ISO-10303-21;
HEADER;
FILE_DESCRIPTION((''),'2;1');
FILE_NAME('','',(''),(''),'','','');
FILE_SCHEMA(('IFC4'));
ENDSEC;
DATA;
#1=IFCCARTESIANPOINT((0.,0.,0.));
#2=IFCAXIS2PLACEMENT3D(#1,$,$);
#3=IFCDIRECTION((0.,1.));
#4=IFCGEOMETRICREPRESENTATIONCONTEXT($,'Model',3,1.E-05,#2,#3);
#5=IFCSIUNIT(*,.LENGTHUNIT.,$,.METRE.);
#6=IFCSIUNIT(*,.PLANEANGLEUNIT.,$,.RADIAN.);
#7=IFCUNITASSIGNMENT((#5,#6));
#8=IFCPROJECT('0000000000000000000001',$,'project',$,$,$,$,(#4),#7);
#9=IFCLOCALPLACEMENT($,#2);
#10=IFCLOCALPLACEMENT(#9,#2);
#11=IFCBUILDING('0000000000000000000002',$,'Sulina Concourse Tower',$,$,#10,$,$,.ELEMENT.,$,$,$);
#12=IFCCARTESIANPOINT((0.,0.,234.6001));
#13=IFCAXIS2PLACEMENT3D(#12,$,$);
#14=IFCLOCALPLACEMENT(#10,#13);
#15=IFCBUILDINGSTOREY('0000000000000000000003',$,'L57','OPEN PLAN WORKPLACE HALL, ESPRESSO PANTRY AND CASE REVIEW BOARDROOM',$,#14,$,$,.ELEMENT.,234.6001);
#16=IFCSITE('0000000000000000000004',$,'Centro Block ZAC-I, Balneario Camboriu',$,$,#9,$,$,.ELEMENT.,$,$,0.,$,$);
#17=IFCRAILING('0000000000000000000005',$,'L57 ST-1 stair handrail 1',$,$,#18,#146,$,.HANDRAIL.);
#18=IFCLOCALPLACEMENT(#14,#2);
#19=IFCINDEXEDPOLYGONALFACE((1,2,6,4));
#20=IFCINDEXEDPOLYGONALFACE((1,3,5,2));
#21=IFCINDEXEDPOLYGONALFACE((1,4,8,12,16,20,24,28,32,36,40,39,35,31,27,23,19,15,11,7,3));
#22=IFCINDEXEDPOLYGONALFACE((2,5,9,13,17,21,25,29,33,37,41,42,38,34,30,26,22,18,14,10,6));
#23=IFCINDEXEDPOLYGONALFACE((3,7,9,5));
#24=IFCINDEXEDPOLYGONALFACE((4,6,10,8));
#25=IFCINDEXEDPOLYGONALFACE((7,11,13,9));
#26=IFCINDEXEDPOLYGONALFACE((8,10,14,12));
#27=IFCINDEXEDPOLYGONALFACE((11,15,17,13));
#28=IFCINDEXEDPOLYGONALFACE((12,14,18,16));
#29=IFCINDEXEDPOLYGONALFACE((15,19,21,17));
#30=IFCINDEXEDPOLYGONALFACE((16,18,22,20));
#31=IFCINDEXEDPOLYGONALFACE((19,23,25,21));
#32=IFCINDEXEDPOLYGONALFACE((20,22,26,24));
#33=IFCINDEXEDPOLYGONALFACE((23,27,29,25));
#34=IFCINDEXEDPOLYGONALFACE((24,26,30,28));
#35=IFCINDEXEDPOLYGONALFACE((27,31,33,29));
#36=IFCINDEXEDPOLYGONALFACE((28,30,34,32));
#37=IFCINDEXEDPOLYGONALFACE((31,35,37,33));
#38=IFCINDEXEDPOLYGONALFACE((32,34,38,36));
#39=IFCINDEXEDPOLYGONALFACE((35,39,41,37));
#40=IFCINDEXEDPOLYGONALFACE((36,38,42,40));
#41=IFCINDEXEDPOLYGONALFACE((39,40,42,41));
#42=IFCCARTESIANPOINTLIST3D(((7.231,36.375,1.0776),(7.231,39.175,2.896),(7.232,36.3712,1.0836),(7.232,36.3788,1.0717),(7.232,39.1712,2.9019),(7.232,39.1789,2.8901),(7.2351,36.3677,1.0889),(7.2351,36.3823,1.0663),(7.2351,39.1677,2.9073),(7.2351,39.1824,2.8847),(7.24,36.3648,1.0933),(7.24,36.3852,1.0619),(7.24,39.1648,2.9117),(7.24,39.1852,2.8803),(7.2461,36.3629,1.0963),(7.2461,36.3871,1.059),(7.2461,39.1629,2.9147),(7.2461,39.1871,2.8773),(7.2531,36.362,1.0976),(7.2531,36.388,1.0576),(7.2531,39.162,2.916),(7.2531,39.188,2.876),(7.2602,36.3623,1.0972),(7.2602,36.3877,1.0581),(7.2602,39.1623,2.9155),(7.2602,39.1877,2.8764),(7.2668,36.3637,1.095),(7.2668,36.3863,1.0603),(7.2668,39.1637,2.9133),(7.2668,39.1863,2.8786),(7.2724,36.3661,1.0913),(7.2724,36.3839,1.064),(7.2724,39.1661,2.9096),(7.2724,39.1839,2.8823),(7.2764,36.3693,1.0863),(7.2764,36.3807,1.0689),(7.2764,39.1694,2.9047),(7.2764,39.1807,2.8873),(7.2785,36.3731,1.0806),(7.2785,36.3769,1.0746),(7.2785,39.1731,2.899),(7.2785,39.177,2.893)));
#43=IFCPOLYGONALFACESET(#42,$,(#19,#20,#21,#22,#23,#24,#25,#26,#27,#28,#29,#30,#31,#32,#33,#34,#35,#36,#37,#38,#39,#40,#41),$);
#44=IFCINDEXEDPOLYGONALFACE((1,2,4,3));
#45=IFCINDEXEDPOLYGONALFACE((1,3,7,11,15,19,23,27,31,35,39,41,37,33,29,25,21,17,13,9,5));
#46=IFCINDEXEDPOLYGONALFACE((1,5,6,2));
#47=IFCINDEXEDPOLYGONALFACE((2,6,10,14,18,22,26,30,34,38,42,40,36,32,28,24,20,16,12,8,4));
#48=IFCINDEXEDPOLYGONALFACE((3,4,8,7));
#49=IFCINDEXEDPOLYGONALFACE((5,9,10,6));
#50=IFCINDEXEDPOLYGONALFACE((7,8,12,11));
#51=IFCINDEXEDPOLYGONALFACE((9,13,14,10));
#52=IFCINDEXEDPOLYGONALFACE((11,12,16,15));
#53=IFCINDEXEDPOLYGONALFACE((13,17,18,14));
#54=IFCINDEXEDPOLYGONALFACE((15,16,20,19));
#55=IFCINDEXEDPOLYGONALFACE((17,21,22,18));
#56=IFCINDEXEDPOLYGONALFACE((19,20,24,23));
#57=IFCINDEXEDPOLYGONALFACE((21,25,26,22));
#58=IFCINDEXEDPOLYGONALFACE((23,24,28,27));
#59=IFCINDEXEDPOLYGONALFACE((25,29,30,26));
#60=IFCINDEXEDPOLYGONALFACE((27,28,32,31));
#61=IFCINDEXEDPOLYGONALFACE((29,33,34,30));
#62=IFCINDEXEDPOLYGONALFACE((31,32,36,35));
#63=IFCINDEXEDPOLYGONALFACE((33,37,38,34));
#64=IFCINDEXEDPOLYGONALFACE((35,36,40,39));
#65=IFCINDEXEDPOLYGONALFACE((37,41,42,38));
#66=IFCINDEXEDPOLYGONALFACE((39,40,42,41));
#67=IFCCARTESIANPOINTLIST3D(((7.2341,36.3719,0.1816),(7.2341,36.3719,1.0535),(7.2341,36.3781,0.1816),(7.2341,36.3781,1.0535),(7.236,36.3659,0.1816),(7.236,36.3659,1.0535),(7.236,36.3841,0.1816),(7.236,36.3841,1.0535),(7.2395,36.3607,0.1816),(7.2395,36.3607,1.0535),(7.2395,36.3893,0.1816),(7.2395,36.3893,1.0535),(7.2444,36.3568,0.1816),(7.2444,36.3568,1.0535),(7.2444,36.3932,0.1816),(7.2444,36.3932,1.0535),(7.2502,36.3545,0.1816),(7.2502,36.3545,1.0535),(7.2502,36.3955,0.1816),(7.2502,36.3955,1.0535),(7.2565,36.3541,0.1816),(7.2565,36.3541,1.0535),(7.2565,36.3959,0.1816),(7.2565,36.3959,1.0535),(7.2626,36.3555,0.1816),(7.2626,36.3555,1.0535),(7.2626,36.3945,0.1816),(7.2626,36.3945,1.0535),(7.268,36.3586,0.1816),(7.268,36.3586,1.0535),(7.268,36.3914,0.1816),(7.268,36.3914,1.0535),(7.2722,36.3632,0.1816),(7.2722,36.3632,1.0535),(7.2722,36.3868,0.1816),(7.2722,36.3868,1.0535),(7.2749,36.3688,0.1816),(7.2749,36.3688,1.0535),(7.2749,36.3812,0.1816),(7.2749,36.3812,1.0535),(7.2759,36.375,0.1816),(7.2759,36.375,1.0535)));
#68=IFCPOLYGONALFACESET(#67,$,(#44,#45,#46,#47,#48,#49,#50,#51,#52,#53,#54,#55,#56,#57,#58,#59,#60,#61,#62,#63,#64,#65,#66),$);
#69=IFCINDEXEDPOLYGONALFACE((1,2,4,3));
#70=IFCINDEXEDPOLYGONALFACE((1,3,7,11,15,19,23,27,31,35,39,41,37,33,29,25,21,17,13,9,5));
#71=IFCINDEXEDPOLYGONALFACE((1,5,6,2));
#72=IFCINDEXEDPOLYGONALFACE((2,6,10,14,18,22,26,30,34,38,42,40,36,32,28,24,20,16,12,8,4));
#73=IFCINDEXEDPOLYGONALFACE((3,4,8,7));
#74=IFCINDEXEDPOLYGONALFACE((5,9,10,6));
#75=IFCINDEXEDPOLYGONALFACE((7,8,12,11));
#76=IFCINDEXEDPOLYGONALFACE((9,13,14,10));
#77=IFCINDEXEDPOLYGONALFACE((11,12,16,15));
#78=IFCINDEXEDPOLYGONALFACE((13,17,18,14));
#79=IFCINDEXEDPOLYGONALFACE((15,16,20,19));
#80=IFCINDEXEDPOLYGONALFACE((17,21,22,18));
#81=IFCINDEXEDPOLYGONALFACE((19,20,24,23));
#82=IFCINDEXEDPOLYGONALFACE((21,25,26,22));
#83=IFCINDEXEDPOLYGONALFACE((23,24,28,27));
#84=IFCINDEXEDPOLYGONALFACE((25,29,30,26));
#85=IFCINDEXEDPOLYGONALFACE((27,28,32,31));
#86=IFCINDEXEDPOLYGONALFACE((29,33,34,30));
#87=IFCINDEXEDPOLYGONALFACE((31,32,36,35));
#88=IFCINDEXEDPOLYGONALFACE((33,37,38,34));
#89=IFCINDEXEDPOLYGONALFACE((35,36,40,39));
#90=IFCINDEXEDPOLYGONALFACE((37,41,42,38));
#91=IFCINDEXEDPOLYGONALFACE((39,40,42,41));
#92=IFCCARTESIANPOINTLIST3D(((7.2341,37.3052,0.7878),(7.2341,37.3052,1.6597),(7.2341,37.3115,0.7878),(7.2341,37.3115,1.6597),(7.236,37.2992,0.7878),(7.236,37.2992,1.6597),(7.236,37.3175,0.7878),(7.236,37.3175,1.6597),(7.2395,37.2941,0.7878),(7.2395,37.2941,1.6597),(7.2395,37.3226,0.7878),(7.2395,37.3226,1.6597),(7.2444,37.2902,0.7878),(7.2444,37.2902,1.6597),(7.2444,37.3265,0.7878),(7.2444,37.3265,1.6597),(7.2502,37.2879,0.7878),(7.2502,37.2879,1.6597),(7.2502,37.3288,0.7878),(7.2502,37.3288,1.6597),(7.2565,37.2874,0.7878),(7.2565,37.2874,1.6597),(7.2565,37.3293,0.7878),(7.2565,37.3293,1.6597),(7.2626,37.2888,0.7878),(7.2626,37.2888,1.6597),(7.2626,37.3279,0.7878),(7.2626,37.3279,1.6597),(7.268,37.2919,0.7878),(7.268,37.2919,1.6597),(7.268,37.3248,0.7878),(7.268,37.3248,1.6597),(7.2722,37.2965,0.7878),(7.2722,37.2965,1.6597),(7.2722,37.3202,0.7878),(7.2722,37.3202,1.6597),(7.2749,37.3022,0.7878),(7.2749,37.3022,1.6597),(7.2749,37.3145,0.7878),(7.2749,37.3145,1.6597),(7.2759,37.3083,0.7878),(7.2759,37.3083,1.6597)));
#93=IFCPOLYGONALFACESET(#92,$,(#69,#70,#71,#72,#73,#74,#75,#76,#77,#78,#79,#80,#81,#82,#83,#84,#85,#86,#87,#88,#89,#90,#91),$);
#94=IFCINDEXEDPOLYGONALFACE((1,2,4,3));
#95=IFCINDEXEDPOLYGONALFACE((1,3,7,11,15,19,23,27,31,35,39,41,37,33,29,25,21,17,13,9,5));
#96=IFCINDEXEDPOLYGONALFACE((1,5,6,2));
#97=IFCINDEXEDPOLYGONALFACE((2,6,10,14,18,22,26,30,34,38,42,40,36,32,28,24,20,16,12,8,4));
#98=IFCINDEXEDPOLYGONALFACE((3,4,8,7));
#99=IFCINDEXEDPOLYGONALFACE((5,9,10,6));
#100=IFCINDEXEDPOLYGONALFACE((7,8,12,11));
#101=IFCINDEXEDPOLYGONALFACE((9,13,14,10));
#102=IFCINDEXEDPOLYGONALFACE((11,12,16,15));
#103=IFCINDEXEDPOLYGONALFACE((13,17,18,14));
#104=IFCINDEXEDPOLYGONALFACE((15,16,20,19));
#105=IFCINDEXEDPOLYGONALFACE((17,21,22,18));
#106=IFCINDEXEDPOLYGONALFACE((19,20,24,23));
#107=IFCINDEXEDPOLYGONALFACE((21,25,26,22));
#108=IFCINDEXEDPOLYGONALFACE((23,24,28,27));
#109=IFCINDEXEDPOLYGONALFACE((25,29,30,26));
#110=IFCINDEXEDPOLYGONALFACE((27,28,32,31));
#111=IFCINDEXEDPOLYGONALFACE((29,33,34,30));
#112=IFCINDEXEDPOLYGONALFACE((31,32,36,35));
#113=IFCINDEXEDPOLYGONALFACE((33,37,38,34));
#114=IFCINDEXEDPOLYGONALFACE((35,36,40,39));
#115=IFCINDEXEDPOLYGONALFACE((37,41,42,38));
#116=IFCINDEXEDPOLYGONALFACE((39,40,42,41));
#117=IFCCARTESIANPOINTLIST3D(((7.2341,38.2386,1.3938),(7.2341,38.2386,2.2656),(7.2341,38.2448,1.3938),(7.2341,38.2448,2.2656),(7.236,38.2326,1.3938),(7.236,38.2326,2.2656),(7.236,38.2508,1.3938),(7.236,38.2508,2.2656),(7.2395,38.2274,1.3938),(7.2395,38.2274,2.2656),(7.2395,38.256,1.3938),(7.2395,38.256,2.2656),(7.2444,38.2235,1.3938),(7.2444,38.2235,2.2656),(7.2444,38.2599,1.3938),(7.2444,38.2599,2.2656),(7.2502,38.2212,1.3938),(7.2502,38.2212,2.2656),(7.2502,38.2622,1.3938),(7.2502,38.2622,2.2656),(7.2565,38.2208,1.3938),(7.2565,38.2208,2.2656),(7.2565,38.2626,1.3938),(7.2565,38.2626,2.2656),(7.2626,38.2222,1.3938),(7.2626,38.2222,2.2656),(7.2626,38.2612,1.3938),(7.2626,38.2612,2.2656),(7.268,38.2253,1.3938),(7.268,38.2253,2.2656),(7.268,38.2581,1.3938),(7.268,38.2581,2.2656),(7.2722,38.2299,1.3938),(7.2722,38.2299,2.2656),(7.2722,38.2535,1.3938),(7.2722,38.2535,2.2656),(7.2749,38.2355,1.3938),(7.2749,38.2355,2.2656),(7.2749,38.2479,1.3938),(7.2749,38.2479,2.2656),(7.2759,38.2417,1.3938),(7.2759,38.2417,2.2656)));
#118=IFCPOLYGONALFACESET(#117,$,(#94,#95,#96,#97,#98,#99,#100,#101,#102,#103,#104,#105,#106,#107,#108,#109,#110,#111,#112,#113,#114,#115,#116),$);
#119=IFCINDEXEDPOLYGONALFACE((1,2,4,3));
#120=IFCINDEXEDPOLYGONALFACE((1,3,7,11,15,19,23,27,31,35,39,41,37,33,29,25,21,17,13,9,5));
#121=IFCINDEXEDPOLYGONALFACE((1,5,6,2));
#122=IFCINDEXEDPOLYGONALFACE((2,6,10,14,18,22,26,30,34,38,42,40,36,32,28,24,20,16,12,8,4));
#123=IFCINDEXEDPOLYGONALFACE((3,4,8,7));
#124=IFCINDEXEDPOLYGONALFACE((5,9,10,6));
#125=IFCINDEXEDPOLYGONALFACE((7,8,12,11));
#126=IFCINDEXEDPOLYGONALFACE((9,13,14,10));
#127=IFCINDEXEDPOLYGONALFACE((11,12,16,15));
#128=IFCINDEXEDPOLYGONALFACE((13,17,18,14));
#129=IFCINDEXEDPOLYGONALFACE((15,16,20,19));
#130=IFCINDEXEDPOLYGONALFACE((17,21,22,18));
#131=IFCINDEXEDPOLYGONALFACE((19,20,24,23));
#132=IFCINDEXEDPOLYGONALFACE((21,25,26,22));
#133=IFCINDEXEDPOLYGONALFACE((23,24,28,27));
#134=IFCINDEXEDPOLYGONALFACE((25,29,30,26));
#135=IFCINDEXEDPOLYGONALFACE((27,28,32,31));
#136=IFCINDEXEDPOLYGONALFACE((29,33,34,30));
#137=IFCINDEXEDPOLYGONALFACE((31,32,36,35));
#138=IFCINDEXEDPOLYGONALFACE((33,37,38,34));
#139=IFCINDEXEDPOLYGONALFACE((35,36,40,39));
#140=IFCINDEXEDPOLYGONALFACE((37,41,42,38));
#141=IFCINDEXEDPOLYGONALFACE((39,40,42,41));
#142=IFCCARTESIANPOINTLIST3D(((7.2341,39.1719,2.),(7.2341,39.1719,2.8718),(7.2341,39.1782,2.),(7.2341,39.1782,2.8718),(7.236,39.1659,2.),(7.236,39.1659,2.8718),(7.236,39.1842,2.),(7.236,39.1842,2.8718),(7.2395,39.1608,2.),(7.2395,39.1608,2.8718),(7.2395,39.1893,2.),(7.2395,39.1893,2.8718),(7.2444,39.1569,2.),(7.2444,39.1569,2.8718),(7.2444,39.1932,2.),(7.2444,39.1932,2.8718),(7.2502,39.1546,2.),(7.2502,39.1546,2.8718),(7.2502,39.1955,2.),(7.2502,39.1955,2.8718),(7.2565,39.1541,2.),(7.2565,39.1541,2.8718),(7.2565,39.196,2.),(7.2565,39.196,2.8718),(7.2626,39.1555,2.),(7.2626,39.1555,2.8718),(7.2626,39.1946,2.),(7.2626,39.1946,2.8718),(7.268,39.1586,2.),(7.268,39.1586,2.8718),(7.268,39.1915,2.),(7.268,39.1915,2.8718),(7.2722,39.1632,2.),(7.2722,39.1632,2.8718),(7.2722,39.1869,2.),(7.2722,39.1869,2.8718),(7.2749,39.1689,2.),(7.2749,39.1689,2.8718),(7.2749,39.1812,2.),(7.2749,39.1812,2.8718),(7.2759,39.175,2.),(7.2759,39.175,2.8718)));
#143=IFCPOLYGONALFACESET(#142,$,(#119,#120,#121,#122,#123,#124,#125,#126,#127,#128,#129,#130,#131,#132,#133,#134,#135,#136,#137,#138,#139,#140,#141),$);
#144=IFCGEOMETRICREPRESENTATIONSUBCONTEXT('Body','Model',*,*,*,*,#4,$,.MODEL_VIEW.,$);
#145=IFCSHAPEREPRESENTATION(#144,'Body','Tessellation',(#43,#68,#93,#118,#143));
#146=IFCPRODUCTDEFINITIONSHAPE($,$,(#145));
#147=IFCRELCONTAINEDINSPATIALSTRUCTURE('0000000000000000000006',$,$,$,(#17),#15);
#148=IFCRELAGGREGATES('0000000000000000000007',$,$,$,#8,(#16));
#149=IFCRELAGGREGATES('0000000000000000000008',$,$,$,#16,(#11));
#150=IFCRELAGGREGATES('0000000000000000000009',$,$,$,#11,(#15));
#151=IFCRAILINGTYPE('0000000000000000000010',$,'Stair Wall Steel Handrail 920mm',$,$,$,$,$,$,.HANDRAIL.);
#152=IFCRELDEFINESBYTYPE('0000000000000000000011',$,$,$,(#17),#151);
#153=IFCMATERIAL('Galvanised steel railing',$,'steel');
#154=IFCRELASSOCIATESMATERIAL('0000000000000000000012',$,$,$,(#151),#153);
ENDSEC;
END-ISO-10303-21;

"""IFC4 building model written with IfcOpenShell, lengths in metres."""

from ifc_helpers import new_model, si_unit, direction, frame, origin, origin_2d, place, context, subcontext, project, spatial, circle, extrude, material, type_object, element, save


model = new_model("IFC4")

# Units and contexts
model_context = context("Model", 3, precision=1e-05, world=origin(), true_north=direction((0.0, 1.0)))
body_context = subcontext(model_context, "Body", "Model", "MODEL_VIEW")
ifc_project = project(units=[si_unit("LENGTHUNIT", "METRE"), si_unit("PLANEANGLEUNIT", "RADIAN")], contexts=[model_context])

# Site, building, storey
site_placement = place(None, origin())
site = spatial("IfcSite", under=ifc_project, at=site_placement, Name="Centro Block ZAC-I, Balneario Camboriu", CompositionType="ELEMENT", RefElevation=0.0)
building_placement = place(site_placement, origin())
building = spatial("IfcBuilding", under=site, at=building_placement, Name="Sulina Concourse Tower", CompositionType="ELEMENT")
storey_placement = place(building_placement, frame((0.0, 0.0, 234.6001)))
storey = spatial("IfcBuildingStorey", under=building, at=storey_placement, Name="L57", Description="OPEN PLAN WORKPLACE HALL, ESPRESSO PANTRY AND CASE REVIEW BOARDROOM", CompositionType="ELEMENT", Elevation=234.6001)

# Railing
ifc_material_1 = material(Name="Galvanised steel railing", Category="steel")
railing_type_1 = type_object("IfcRailingType", Name="Stair Wall Steel Handrail 920mm", PredefinedType="HANDRAIL", material=ifc_material_1)
railing_1_placement = place(storey_placement, frame((7.2549, 36.375, 0.1816)))
element("IfcRailing", 1, at=railing_1_placement, inside=storey, type_object=railing_type_1, Name="L57 ST-1 stair handrail 1", PredefinedType="HANDRAIL", context=body_context, shape_type="SweptSolid", body=[
    extrude(circle(Radius=0.0239, at=origin_2d()), frame((0.0, 0.0, 0.896), z_axis=(0.0, 0.838672, 0.544636), x_axis=(-1.0, 0.0, 0.0)), (0.0, 0.0, 1.0), 3.3386),
    extrude(circle(Radius=0.021, at=origin_2d()), origin(), (0.0, 0.0, 1.0), 0.8718),
    extrude(circle(Radius=0.021, at=origin_2d()), frame((0.0, 0.9333, 0.6062)), (0.0, 0.0, 1.0), 0.8718),
    extrude(circle(Radius=0.021, at=origin_2d()), frame((0.0, 1.8667, 1.2122)), (0.0, 0.0, 1.0), 0.8718),
    extrude(circle(Radius=0.021, at=origin_2d()), frame((0.0, 2.8, 1.8184)), (0.0, 0.0, 1.0), 0.8718),
])

save(model, "model.ifc")
